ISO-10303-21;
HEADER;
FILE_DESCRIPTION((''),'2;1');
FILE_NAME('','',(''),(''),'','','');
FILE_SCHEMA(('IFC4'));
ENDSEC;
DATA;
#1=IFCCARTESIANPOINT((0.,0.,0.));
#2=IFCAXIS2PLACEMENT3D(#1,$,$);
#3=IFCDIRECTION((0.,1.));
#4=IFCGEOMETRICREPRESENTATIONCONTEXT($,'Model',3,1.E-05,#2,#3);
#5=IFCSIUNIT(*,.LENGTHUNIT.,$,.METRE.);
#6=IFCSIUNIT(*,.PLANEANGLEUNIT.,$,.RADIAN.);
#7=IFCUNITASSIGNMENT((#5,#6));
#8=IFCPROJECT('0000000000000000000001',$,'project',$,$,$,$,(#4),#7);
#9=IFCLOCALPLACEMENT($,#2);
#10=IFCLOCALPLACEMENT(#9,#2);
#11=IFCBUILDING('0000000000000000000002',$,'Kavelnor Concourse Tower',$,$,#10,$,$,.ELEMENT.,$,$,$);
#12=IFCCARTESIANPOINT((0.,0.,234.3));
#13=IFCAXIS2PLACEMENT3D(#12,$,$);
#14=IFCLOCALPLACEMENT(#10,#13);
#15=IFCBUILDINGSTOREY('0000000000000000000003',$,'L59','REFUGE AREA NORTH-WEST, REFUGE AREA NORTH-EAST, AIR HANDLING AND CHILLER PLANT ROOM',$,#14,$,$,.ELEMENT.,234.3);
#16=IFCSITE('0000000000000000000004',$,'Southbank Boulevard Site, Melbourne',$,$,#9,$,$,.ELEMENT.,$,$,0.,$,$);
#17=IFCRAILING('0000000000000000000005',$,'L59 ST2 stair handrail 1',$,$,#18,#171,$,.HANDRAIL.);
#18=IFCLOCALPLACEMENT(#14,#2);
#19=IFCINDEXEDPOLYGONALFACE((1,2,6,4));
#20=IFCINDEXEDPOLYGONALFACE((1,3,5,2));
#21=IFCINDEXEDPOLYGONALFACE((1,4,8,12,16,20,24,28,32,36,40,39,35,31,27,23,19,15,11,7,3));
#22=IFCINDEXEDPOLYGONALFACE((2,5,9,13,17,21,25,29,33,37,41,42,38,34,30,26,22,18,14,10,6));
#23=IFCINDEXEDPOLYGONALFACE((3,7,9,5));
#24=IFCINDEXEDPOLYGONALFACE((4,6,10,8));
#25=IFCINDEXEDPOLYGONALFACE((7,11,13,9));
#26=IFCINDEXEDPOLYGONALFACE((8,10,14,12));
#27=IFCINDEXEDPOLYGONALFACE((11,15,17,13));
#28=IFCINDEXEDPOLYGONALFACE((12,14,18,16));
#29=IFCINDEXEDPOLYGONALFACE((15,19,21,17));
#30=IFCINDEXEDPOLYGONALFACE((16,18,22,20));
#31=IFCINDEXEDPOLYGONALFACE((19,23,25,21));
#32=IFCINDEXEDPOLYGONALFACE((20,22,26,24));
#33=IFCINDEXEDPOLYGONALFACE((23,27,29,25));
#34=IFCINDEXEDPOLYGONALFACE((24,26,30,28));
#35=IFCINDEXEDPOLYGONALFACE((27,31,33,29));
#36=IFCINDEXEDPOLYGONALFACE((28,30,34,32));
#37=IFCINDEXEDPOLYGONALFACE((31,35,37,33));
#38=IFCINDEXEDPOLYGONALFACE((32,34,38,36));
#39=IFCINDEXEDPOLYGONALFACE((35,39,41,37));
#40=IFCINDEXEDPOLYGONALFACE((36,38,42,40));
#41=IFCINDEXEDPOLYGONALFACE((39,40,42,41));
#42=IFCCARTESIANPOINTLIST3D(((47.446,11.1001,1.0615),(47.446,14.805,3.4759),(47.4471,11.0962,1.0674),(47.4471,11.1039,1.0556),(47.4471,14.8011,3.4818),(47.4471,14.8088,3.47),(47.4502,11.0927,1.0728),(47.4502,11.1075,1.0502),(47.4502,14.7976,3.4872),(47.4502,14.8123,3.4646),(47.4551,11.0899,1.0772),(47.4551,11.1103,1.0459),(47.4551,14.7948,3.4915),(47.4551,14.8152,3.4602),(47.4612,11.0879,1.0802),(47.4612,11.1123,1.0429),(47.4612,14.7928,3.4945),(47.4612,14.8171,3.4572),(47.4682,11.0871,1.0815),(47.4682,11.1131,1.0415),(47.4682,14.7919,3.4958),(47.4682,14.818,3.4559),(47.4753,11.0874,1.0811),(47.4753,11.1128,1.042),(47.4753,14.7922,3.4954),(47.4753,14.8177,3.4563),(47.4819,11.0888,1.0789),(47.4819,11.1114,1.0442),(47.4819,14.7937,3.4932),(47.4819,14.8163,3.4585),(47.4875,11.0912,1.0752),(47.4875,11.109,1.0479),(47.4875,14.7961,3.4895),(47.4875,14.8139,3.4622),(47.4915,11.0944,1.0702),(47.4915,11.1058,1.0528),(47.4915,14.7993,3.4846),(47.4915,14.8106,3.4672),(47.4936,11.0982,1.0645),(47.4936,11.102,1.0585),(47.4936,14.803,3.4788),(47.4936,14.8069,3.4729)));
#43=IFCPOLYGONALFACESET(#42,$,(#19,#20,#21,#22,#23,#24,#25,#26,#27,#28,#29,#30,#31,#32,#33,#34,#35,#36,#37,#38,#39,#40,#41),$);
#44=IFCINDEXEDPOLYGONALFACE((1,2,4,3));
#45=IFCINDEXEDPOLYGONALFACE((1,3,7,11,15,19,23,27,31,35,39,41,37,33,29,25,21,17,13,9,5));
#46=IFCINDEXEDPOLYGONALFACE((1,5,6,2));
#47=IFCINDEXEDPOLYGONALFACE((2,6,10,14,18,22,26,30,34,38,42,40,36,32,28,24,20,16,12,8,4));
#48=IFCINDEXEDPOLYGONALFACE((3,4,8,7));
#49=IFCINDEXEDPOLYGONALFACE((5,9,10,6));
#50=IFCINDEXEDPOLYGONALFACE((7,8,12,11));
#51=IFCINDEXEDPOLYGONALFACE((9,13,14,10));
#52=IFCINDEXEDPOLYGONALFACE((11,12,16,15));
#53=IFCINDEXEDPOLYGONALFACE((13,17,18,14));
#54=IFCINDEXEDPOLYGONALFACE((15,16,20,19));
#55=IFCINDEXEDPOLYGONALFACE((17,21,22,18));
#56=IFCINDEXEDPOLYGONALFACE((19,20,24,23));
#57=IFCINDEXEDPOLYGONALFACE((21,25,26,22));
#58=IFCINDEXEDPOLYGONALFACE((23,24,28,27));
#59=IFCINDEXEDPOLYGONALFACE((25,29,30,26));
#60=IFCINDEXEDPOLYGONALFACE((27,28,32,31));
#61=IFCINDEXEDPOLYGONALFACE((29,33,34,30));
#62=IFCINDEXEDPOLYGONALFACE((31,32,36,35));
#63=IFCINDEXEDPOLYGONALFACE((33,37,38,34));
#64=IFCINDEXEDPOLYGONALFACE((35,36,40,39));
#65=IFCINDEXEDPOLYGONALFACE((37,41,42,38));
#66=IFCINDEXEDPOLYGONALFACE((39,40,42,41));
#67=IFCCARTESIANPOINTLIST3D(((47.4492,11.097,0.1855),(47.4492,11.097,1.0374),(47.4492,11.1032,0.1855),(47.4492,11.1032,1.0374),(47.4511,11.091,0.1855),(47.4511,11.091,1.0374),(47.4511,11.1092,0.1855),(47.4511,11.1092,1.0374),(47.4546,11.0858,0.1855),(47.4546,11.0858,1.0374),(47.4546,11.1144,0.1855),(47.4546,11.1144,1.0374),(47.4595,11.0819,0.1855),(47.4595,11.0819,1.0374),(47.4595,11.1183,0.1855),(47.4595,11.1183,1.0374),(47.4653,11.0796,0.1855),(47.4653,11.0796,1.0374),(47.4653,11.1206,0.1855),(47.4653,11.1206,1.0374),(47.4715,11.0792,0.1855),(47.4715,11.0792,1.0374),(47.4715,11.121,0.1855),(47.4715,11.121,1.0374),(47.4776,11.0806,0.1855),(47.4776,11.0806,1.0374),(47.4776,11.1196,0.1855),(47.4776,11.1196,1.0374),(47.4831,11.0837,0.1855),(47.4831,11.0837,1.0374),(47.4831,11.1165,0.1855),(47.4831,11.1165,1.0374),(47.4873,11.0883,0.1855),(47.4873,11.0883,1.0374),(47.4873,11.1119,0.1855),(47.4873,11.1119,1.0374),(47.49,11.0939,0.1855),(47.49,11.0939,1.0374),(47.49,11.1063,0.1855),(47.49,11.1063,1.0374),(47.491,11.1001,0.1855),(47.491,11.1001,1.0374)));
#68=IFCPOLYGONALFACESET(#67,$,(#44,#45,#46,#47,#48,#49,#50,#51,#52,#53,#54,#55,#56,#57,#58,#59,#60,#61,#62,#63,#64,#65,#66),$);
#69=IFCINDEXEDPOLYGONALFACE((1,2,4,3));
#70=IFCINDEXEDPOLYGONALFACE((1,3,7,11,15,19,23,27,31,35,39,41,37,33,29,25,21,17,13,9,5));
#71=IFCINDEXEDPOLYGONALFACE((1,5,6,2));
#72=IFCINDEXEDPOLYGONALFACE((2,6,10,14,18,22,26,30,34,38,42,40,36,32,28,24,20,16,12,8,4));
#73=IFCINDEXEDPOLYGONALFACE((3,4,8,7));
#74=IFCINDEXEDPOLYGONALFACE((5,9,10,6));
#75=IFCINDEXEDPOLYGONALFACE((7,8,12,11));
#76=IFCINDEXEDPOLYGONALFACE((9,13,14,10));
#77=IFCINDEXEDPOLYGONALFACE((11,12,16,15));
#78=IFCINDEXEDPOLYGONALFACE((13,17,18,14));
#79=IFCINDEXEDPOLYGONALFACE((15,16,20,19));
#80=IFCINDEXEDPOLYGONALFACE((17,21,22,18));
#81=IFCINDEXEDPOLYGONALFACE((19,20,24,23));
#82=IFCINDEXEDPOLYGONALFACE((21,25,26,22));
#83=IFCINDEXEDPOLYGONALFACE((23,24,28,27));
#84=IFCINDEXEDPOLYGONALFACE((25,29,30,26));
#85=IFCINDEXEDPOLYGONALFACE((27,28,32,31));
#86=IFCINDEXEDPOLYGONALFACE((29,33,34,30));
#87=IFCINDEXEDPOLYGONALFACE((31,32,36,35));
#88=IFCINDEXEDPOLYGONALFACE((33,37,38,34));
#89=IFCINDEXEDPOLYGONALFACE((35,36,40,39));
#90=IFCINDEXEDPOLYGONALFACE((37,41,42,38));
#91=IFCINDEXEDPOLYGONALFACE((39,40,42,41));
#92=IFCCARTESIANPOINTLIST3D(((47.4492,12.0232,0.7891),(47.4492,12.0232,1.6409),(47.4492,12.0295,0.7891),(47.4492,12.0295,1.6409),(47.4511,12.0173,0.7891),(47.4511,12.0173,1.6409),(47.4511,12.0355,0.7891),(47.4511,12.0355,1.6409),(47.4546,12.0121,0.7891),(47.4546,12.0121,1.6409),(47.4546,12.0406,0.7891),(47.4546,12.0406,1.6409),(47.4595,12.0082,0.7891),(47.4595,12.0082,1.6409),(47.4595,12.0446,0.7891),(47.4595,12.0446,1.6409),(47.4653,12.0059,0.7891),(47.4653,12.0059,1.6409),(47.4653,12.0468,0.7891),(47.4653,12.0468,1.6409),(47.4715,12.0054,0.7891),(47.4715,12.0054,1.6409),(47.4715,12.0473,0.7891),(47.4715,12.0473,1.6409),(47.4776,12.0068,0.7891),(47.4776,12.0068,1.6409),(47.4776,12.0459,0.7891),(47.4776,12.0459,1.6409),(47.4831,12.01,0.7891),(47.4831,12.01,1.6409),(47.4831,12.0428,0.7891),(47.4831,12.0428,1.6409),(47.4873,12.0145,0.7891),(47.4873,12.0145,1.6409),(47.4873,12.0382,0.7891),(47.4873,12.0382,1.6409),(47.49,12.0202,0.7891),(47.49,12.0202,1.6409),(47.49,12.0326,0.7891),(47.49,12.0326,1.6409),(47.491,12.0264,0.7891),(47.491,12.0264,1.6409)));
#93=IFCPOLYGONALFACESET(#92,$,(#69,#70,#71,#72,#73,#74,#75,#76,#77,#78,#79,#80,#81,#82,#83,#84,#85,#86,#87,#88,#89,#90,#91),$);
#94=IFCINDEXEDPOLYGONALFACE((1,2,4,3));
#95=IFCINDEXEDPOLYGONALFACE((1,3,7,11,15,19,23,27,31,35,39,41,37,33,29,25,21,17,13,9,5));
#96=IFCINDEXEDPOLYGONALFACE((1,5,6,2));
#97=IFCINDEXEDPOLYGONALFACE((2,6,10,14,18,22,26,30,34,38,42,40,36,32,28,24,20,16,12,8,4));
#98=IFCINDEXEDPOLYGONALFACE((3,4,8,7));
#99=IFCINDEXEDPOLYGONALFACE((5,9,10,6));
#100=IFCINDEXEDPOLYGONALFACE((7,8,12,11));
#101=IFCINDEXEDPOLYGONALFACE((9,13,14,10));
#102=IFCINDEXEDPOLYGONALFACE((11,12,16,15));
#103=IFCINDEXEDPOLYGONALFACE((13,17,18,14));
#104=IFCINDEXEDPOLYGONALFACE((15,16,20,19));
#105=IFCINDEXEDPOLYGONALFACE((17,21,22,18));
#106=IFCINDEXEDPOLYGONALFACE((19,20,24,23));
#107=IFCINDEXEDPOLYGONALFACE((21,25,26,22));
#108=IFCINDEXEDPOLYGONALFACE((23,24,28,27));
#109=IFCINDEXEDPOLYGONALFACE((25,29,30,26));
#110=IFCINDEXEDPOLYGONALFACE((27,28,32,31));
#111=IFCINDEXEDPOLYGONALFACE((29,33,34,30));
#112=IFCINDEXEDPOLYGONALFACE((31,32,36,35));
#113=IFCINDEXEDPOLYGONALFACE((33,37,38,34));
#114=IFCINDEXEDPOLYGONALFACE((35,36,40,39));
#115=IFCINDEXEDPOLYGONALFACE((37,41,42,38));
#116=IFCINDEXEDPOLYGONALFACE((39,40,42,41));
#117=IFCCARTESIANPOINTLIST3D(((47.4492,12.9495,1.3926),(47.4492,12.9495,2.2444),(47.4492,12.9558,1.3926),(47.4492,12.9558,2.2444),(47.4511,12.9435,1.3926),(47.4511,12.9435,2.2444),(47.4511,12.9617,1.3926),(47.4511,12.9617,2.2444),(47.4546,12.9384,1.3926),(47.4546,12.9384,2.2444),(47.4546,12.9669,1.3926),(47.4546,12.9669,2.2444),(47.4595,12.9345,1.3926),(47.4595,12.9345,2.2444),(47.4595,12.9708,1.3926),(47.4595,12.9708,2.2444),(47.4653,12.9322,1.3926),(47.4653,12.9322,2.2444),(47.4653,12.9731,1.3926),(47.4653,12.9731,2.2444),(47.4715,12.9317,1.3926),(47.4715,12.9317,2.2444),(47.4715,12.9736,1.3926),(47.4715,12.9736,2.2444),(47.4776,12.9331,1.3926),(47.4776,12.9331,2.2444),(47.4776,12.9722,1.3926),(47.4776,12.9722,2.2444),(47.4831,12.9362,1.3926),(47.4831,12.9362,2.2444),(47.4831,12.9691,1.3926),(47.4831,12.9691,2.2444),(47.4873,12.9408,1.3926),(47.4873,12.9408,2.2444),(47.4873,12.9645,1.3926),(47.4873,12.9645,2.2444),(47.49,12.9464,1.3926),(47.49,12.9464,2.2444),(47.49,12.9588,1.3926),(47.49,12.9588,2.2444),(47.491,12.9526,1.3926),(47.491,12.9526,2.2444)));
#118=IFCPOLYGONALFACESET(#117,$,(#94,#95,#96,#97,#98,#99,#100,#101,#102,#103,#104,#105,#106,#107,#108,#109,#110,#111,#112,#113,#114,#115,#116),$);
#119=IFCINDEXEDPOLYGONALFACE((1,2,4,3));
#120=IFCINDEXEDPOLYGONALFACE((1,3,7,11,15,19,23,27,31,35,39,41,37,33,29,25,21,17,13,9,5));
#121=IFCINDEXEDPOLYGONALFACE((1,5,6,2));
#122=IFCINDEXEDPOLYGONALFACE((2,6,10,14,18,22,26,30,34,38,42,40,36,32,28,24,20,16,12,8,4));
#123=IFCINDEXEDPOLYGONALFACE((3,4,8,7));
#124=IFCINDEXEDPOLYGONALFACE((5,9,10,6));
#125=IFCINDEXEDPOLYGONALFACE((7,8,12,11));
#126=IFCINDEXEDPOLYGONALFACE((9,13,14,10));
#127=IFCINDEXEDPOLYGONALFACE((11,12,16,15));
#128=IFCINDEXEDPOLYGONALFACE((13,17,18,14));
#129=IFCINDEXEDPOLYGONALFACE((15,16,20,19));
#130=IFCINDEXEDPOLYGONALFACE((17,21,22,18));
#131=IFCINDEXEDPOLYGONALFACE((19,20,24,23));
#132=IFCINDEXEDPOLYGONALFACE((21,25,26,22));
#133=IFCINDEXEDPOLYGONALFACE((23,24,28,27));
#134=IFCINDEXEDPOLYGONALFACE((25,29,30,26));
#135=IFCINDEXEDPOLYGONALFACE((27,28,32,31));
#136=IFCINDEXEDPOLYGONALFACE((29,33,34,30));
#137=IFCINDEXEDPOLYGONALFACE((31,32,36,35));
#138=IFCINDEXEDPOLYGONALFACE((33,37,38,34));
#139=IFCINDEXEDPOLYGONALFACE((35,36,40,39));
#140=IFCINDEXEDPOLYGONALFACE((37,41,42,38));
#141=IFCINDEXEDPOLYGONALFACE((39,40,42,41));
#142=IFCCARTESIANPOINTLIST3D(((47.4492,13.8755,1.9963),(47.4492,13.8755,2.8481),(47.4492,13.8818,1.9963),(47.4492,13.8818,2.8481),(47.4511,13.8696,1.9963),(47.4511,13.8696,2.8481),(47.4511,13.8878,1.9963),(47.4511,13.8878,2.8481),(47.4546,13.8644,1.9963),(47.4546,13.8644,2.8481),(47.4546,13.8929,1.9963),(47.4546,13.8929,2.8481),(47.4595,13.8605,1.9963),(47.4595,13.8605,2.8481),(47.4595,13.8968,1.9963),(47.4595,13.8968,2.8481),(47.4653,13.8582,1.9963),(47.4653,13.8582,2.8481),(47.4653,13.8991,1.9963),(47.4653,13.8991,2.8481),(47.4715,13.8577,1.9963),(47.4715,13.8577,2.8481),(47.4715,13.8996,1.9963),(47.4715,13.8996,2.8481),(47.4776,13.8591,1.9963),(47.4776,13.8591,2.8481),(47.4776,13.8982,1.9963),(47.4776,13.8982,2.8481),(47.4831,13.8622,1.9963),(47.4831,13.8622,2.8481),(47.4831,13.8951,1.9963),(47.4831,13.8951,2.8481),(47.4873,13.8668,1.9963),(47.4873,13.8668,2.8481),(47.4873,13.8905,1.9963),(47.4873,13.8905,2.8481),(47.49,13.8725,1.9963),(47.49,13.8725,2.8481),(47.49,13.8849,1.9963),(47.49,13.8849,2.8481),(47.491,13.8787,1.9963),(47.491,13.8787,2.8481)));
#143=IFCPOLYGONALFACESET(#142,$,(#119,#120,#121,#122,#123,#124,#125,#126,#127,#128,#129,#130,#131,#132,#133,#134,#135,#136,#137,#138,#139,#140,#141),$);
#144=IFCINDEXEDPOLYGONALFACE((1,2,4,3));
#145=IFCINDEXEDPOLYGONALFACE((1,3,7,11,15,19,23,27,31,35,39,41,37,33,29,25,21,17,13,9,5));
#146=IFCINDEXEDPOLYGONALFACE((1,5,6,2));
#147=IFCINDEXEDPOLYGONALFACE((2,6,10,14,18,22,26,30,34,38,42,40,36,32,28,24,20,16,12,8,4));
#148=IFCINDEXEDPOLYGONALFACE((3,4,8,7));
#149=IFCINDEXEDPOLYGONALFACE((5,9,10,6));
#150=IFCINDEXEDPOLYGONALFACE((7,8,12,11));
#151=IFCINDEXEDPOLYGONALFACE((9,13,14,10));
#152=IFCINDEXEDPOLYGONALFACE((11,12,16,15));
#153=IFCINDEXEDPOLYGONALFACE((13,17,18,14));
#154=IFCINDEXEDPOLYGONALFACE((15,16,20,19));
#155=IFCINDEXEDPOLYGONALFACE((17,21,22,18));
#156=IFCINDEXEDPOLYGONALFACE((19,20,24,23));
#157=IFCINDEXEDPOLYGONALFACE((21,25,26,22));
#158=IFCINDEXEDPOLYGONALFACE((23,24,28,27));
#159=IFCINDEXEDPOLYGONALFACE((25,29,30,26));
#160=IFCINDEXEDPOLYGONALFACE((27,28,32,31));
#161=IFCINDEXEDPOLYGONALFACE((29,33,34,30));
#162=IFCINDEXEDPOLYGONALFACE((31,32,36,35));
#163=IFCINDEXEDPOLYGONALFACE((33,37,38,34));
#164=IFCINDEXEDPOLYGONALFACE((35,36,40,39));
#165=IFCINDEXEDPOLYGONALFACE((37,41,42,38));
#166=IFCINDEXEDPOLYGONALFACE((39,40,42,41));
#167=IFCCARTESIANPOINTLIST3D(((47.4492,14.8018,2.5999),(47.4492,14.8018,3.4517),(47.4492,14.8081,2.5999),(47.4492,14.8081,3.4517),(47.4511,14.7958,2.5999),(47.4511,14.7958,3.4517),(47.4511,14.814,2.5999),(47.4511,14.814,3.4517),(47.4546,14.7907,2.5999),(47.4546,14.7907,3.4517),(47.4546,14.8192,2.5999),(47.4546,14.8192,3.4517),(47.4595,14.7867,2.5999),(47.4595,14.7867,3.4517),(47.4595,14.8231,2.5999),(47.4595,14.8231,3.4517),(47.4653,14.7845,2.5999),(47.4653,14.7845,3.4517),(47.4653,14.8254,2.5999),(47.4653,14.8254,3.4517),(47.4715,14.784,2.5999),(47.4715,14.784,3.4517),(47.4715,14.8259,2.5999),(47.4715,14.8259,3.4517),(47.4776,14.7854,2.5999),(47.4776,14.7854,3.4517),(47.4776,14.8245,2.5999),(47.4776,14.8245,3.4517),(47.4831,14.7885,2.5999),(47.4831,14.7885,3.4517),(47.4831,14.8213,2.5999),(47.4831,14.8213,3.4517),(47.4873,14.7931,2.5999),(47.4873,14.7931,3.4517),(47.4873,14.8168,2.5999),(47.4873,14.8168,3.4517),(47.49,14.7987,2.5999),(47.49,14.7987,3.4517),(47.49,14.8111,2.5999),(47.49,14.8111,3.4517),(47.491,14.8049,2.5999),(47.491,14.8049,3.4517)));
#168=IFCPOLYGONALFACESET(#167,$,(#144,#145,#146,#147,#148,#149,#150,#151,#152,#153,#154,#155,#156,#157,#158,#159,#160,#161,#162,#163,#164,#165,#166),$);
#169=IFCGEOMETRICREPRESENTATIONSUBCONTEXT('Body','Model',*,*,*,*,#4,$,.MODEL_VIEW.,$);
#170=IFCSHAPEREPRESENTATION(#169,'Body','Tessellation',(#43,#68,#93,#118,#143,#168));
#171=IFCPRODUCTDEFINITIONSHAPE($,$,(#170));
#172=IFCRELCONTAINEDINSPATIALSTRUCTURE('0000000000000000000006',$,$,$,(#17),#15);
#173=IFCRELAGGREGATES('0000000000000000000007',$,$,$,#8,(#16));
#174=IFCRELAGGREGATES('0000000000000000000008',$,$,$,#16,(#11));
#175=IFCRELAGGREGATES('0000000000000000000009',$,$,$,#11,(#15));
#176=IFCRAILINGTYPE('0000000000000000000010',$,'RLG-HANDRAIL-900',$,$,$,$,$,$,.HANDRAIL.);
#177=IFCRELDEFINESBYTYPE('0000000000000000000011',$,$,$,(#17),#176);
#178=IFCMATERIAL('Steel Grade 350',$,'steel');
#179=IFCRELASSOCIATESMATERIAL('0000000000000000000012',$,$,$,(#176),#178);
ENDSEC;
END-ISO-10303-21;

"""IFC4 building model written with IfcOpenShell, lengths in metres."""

from ifc_helpers import new_model, si_unit, direction, frame, origin, origin_2d, place, context, subcontext, project, spatial, circle, extrude, material, type_object, element, save


model = new_model("IFC4")

# Units and contexts
model_context = context("Model", 3, precision=1e-05, world=origin(), true_north=direction((0.0, 1.0)))
body_context = subcontext(model_context, "Body", "Model", "MODEL_VIEW")
ifc_project = project(units=[si_unit("LENGTHUNIT", "METRE"), si_unit("PLANEANGLEUNIT", "RADIAN")], contexts=[model_context])

# Site, building, storey
site_placement = place(None, origin())
site = spatial("IfcSite", under=ifc_project, at=site_placement, Name="Southbank Boulevard Site, Melbourne", CompositionType="ELEMENT", RefElevation=0.0)
building_placement = place(site_placement, origin())
building = spatial("IfcBuilding", under=site, at=building_placement, Name="Kavelnor Concourse Tower", CompositionType="ELEMENT")
storey_placement = place(building_placement, frame((0.0, 0.0, 234.3)))
storey = spatial("IfcBuildingStorey", under=building, at=storey_placement, Name="L59", Description="REFUGE AREA NORTH-WEST, REFUGE AREA NORTH-EAST, AIR HANDLING AND CHILLER PLANT ROOM", CompositionType="ELEMENT", Elevation=234.3)

# Shared definitions
ifc_material_1 = material(Name="Steel Grade 350", Category="steel")

# Railing
railing_type_1 = type_object("IfcRailingType", Name="RLG-HANDRAIL-900", PredefinedType="HANDRAIL", material=ifc_material_1)
railing_1_placement = place(storey_placement, frame((47.47, 11.1001, 0.1855)))
element("IfcRailing", 1, at=railing_1_placement, inside=storey, type_object=railing_type_1, Name="L59 ST2 stair handrail 1", PredefinedType="HANDRAIL", context=body_context, shape_type="SweptSolid", body=[
    extrude(circle(Radius=0.0239, at=origin_2d()), frame((0.0, 0.0, 0.876), z_axis=(0.0, 0.837806, 0.545968), x_axis=(-1.0, 0.0, 0.0)), (0.0, 0.0, 1.0), 4.4221),
    extrude(circle(Radius=0.021, at=origin_2d()), origin(), (0.0, 0.0, 1.0), 0.8518),
    extrude(circle(Radius=0.021, at=origin_2d()), frame((0.0, 0.9263, 0.6035)), (0.0, 0.0, 1.0), 0.8518),
    extrude(circle(Radius=0.021, at=origin_2d()), frame((0.0, 1.8525, 1.207)), (0.0, 0.0, 1.0), 0.8518),
    extrude(circle(Radius=0.021, at=origin_2d()), frame((0.0, 2.7786, 1.8108)), (0.0, 0.0, 1.0), 0.8518),
    extrude(circle(Radius=0.021, at=origin_2d()), frame((0.0, 3.7048, 2.4143)), (0.0, 0.0, 1.0), 0.8518),
])

save(model, "model.ifc")
